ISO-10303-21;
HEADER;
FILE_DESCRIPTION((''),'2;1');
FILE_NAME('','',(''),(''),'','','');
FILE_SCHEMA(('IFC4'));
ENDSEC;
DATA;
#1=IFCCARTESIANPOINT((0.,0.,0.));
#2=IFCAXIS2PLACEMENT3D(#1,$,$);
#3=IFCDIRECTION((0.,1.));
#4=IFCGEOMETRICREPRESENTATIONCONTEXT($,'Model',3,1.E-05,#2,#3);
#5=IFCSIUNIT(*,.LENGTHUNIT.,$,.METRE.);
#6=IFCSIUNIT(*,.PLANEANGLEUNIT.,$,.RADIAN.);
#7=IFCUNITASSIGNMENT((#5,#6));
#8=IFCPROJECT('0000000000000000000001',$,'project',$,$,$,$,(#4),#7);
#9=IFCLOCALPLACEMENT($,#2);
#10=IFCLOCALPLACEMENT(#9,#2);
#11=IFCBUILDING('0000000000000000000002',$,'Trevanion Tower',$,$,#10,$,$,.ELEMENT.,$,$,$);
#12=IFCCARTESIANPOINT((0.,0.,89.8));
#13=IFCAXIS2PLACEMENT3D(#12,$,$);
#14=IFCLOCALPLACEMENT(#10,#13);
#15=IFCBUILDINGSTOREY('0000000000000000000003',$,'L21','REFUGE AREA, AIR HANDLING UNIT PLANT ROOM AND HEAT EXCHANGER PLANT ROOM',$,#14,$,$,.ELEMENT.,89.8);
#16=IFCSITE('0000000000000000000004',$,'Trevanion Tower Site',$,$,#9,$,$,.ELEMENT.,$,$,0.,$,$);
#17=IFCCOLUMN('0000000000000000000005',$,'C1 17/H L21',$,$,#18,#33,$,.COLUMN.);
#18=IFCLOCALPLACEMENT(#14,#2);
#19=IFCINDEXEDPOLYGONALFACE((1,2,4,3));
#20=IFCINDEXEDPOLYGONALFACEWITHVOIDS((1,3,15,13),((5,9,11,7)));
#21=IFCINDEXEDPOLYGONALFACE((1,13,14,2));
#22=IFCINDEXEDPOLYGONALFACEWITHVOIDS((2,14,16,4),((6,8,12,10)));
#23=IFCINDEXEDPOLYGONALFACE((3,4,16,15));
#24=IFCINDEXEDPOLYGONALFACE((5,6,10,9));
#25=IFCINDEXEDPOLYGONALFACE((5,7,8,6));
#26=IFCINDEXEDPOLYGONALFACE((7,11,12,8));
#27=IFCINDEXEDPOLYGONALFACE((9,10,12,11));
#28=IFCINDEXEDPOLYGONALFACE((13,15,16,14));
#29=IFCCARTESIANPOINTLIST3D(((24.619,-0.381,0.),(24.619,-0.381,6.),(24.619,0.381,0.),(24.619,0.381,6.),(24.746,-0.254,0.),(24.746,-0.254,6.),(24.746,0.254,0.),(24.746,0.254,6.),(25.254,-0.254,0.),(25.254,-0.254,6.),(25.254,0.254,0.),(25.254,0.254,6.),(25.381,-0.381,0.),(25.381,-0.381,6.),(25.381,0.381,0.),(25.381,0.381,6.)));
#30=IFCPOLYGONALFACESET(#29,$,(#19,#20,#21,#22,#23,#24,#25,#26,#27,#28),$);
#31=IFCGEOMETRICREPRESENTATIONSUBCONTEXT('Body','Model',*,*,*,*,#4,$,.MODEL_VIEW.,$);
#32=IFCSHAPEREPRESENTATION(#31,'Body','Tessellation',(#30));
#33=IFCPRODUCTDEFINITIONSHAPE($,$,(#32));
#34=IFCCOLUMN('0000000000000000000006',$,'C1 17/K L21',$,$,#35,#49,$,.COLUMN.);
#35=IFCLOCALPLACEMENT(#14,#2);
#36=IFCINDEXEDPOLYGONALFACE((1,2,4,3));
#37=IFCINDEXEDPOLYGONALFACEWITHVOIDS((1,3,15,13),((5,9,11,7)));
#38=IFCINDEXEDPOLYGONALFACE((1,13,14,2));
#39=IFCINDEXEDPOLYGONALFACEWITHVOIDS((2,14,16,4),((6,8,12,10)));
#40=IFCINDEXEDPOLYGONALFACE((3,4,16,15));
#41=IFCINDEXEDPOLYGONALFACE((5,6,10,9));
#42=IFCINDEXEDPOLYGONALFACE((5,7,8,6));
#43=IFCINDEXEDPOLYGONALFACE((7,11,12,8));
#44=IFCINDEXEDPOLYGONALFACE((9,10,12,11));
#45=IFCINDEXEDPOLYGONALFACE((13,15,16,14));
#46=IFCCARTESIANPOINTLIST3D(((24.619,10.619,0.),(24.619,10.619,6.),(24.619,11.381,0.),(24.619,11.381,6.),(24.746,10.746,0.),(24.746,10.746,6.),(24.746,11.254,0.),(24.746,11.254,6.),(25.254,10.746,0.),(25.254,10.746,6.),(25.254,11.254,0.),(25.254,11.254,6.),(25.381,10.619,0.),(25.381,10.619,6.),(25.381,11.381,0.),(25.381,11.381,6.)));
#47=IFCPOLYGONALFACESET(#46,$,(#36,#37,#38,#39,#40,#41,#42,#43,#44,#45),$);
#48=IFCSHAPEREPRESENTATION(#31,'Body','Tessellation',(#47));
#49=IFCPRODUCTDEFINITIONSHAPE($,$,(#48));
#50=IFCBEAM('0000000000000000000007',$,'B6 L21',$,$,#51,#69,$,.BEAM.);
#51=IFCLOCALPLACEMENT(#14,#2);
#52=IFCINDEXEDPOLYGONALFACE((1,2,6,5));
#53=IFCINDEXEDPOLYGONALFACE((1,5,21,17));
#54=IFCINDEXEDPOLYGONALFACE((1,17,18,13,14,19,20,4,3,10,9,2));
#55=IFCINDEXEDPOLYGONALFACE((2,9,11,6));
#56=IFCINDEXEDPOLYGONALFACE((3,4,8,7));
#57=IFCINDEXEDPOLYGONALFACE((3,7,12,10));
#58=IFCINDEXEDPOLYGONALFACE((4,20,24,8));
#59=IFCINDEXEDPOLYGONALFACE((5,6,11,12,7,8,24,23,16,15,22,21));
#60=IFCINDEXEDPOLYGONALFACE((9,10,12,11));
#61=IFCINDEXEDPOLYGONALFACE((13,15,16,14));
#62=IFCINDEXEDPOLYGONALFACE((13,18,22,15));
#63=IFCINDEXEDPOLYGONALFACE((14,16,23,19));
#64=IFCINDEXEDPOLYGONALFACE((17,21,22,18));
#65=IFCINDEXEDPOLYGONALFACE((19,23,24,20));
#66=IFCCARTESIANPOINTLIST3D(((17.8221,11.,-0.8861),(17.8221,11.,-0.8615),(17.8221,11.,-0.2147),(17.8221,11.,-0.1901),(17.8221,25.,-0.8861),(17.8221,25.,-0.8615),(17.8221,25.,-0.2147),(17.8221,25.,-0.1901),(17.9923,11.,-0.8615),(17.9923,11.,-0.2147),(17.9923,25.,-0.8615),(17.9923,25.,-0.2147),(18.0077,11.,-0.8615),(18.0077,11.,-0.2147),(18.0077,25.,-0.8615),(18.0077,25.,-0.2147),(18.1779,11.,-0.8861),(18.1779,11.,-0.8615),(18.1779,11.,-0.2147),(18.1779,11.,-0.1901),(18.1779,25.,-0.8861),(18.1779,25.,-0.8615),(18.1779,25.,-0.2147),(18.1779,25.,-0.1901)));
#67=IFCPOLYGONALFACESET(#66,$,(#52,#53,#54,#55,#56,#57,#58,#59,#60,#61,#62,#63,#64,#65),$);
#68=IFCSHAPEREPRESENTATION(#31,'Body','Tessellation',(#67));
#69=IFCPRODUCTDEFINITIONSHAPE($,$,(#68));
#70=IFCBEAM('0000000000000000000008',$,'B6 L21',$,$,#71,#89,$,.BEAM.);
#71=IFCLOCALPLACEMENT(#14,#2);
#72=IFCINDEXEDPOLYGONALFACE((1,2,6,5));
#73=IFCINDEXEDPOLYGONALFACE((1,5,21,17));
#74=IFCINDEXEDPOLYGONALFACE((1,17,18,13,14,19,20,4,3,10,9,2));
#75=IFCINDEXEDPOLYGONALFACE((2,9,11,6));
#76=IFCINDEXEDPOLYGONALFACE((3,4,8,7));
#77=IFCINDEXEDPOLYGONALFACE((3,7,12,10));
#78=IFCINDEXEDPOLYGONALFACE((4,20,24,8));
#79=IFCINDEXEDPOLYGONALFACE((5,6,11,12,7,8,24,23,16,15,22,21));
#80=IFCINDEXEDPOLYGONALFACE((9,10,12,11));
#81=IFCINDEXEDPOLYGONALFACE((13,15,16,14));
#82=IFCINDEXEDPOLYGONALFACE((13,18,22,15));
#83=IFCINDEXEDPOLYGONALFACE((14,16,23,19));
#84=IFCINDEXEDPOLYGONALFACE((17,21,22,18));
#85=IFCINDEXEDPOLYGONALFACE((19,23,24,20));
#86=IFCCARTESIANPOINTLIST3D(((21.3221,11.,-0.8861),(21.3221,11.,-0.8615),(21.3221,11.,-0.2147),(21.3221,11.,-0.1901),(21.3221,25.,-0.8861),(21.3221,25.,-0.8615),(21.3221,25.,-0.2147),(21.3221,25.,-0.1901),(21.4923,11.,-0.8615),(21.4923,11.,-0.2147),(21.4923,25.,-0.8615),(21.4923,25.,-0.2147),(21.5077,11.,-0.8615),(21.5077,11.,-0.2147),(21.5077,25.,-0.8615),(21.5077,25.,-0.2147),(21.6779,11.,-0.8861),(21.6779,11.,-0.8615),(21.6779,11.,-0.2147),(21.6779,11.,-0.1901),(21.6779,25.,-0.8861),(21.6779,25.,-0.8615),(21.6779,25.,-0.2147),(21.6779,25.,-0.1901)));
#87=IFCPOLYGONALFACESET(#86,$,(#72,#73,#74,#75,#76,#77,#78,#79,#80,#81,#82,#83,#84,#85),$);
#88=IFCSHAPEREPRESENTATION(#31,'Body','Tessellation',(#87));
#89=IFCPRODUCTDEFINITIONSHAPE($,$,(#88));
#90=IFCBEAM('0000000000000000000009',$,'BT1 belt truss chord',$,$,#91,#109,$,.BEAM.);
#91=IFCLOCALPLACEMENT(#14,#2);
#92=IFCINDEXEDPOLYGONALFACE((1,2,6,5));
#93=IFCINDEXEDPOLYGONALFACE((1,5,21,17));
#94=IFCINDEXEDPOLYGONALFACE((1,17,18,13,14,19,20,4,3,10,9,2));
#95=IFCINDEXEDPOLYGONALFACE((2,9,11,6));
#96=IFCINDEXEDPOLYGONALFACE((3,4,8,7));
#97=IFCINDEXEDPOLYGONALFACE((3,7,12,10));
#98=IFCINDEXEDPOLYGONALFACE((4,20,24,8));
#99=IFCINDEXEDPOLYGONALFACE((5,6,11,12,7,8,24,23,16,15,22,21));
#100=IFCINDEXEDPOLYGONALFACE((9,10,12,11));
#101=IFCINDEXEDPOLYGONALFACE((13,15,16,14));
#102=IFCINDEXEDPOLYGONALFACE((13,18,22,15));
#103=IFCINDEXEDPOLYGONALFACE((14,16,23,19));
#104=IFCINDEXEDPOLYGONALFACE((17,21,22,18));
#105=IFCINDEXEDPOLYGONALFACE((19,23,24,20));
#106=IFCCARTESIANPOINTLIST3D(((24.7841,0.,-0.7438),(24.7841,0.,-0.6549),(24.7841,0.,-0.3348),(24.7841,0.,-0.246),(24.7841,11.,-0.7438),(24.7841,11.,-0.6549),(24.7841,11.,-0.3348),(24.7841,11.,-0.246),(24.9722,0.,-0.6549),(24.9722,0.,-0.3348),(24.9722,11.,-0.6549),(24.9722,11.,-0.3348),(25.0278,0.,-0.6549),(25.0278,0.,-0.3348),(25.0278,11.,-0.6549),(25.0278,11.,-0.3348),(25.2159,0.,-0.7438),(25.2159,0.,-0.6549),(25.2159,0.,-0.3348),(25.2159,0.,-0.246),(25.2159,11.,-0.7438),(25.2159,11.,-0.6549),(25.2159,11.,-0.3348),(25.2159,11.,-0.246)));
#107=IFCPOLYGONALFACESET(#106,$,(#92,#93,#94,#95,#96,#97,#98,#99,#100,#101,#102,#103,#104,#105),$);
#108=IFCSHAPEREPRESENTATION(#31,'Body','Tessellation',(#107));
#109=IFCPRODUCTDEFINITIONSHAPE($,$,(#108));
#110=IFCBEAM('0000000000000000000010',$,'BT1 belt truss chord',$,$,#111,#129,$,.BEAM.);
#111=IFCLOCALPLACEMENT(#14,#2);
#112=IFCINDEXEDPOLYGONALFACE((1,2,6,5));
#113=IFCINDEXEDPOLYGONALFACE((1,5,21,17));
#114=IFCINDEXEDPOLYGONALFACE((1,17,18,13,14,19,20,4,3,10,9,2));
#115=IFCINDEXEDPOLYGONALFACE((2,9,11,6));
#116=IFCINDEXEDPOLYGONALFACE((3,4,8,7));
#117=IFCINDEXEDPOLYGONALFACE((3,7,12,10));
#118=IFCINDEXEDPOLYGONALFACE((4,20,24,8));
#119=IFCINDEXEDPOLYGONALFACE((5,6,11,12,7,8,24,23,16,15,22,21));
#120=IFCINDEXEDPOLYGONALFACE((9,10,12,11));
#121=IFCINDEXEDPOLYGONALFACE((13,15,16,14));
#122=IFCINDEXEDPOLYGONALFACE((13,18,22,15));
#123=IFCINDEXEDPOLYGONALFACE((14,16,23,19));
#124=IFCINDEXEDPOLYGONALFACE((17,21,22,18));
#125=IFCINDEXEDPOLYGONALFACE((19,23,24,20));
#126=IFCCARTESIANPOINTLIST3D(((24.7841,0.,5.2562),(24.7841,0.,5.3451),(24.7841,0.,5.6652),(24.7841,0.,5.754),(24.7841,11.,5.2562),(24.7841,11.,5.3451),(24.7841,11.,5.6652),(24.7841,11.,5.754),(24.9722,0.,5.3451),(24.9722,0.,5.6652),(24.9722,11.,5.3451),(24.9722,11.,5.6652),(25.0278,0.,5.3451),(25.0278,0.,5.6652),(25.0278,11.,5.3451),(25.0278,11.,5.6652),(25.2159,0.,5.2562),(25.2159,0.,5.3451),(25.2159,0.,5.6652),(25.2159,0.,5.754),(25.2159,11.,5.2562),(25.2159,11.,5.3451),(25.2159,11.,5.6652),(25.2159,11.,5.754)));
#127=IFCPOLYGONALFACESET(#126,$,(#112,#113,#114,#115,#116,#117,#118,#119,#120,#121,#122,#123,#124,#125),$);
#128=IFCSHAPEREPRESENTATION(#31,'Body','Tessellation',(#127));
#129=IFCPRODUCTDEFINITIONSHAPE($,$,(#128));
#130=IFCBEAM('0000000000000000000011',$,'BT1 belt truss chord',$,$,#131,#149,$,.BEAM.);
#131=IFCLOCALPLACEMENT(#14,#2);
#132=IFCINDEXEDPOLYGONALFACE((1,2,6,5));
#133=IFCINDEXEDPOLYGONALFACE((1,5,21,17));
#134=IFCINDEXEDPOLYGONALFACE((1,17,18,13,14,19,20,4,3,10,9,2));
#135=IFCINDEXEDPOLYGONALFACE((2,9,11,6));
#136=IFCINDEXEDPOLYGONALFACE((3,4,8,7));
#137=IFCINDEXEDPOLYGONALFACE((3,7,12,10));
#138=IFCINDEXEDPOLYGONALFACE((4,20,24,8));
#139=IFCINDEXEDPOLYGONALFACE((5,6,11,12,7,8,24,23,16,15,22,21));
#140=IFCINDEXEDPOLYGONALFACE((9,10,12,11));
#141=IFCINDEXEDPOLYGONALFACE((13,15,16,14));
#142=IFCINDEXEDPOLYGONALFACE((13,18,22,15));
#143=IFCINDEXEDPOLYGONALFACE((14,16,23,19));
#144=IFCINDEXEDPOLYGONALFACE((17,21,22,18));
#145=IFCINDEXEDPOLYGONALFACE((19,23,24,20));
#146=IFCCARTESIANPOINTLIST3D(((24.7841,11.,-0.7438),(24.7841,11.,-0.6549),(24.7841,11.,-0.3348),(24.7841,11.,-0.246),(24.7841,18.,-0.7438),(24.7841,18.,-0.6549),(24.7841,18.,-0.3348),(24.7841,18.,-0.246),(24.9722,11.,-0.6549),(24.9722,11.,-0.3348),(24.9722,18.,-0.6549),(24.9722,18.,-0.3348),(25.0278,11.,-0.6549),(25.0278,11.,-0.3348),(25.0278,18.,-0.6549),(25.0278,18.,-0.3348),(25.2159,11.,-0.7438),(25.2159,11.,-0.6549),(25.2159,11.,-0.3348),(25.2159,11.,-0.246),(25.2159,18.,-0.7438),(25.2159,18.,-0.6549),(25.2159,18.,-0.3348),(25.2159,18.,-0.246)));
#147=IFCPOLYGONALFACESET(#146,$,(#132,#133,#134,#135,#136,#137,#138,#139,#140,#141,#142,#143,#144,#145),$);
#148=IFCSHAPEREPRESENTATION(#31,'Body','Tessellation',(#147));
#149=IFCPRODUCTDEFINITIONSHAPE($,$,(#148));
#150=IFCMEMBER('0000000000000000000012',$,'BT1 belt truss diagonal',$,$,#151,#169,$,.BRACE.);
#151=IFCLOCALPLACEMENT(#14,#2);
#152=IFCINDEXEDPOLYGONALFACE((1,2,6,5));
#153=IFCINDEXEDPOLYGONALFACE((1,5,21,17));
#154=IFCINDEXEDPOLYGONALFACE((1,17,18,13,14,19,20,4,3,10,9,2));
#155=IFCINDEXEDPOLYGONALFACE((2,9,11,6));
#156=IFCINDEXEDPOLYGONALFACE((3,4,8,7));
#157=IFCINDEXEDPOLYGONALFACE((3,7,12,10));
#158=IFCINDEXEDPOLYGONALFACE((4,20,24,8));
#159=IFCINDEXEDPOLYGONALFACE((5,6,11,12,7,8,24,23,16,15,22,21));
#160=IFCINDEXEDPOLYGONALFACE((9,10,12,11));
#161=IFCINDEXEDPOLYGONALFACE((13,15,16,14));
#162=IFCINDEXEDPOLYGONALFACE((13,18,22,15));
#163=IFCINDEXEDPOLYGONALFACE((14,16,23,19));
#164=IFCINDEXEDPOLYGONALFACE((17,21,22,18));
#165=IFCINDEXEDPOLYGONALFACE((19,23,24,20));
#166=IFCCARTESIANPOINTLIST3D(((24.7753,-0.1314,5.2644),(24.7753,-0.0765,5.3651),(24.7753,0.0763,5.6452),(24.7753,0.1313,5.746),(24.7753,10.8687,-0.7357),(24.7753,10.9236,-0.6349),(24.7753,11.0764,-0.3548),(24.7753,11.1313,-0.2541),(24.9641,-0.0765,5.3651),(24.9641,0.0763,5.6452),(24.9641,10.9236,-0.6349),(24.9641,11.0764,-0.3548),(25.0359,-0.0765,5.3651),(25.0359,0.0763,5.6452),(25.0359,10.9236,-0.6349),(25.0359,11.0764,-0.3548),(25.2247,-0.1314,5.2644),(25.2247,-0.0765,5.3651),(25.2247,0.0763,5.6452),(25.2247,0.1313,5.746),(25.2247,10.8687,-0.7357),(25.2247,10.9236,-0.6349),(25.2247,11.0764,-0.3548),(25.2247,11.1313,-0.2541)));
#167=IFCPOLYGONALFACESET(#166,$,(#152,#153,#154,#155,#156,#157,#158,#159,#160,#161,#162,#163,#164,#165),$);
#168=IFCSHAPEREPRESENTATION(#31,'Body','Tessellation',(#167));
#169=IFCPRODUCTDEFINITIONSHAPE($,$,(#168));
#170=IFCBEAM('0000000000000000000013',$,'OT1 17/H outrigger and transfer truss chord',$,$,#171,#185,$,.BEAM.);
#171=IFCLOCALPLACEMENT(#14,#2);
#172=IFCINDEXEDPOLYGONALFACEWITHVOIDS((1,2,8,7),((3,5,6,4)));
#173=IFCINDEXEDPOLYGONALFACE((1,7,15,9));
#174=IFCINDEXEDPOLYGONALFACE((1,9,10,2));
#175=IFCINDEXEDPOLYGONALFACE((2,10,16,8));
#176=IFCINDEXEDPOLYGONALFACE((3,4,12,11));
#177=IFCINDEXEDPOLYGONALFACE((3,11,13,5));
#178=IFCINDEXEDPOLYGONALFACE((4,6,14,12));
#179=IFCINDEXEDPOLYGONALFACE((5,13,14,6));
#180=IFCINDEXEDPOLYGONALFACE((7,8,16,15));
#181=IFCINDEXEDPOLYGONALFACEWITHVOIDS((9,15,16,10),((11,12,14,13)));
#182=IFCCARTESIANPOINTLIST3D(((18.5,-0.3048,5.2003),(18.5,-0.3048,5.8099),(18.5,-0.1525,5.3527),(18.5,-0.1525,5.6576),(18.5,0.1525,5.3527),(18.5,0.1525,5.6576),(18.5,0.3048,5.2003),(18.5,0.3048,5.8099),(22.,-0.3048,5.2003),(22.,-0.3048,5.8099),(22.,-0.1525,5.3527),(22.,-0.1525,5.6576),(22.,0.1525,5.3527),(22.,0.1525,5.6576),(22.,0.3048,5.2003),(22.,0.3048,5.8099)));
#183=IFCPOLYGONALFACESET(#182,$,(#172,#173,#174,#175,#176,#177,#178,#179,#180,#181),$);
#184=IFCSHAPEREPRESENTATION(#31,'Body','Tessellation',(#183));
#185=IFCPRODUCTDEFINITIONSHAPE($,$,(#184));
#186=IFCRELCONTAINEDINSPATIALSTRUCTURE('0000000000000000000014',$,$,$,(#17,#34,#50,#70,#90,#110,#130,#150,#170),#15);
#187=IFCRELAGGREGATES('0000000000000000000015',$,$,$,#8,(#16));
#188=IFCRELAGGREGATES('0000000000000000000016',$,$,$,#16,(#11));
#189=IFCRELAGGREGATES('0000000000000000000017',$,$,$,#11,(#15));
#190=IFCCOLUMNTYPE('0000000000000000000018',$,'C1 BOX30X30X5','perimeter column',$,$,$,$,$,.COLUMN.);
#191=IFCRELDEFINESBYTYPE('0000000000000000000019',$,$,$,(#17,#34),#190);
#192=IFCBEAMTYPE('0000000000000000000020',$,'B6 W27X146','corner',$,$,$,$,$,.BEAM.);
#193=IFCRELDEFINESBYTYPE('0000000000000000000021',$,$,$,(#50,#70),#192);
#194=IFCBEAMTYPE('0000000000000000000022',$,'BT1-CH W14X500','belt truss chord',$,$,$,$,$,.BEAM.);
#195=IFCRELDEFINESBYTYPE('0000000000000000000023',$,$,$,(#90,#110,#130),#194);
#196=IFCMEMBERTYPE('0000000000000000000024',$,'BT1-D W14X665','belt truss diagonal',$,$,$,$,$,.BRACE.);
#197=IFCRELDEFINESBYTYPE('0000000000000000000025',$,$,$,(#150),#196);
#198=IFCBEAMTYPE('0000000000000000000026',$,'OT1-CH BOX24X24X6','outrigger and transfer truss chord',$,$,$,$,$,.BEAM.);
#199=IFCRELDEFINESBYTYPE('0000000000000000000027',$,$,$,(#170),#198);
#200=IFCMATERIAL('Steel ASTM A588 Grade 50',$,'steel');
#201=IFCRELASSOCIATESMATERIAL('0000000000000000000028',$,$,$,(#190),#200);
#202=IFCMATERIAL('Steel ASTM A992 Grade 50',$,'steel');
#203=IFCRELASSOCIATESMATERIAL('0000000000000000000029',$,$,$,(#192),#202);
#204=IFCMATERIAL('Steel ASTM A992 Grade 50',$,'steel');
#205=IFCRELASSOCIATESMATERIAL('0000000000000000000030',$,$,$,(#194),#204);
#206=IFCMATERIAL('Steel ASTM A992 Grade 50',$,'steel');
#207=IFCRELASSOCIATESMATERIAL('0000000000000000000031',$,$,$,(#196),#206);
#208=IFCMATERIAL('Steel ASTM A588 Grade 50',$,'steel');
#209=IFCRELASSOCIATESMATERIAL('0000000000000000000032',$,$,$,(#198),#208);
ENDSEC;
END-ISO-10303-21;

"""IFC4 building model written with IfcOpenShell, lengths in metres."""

from ifc_helpers import new_model, si_unit, direction, frame, origin, origin_2d, place, context, subcontext, project, spatial, hollow_rectangle, i_section, extrude, material, material_profile, profile_set, type_object, element, save


model = new_model("IFC4")

# Units and contexts
model_context = context("Model", 3, precision=1e-05, world=origin(), true_north=direction((0.0, 1.0)))
body_context = subcontext(model_context, "Body", "Model", "MODEL_VIEW")
ifc_project = project(units=[si_unit("LENGTHUNIT", "METRE"), si_unit("PLANEANGLEUNIT", "RADIAN")], contexts=[model_context])

# Site, building, storey
site_placement = place(None, origin())
site = spatial("IfcSite", under=ifc_project, at=site_placement, Name="Trevanion Tower Site", CompositionType="ELEMENT", RefElevation=0.0)
building_placement = place(site_placement, origin())
building = spatial("IfcBuilding", under=site, at=building_placement, Name="Trevanion Tower", CompositionType="ELEMENT")
storey_placement = place(building_placement, frame((0.0, 0.0, 89.8)))
storey = spatial("IfcBuildingStorey", under=building, at=storey_placement, Name="L21", Description="REFUGE AREA, AIR HANDLING UNIT PLANT ROOM AND HEAT EXCHANGER PLANT ROOM", CompositionType="ELEMENT", Elevation=89.8)

# Columns
ifc_material_1 = material(Name="Steel ASTM A588 Grade 50", Category="steel")
ifc_material_profile_1 = material_profile(ifc_material_1, hollow_rectangle(XDim=0.762, YDim=0.762, WallThickness=0.127, at=origin_2d()), Name="BOX30X30X5")
ifc_profile_set_1 = profile_set([ifc_material_profile_1], Name="Steel ASTM A588 Grade 50")
column_type = type_object("IfcColumnType", Name="C1 BOX30X30X5", Description="perimeter column", PredefinedType="COLUMN", material=ifc_profile_set_1)
for number, where, z_axis, x_axis, name in (
    (1, (25.0, 0.0, 0.0), (0.0, 0.0, 1.0), (0.0, 1.0, 0.0), "C1 17/H L21"),
    (2, (25.0, 11.0, 0.0), (0.0, 0.0, 1.0), (0.0, 1.0, 0.0), "C1 17/K L21"),
):
    element("IfcColumn", number, at=place(storey_placement, frame(where, z_axis=z_axis, x_axis=x_axis)), inside=storey, type_object=column_type, Name=name, PredefinedType="COLUMN", context=body_context, shape_type="SweptSolid", body=[
        extrude(hollow_rectangle(XDim=0.762, YDim=0.762, WallThickness=0.127, at=origin_2d()), origin(), (0.0, 0.0, 1.0), 6.0),
    ])

# Beams
ifc_material_2 = material(Name="Steel ASTM A992 Grade 50", Category="steel")
ifc_material_profile_2 = material_profile(ifc_material_2, i_section(OverallWidth=0.3557, OverallDepth=0.696, WebThickness=0.0154, FlangeThickness=0.0247, at=origin_2d()), Name="W27X146")
ifc_profile_set_2 = profile_set([ifc_material_profile_2], Name="Steel ASTM A992 Grade 50")
beam_type_1 = type_object("IfcBeamType", Name="B6 W27X146", Description="corner", PredefinedType="BEAM", material=ifc_profile_set_2)
for number, where, z_axis, x_axis, name in (
    (3, (18.0, 11.0, -0.5381), (0.0, 1.0, 0.0), (-1.0, 0.0, 0.0), "B6 L21"),
    (4, (21.5, 11.0, -0.5381), (0.0, 1.0, 0.0), (-1.0, 0.0, 0.0), "B6 L21"),
):
    element("IfcBeam", number, at=place(storey_placement, frame(where, z_axis=z_axis, x_axis=x_axis)), inside=storey, type_object=beam_type_1, Name=name, PredefinedType="BEAM", context=body_context, shape_type="SweptSolid", body=[
        extrude(i_section(OverallWidth=0.3557, OverallDepth=0.696, WebThickness=0.0154, FlangeThickness=0.0247, at=origin_2d()), origin(), (0.0, 0.0, 1.0), 14.0),
    ])
ifc_material_3 = material(Name="Steel ASTM A992 Grade 50", Category="steel")
ifc_material_profile_3 = material_profile(ifc_material_3, i_section(OverallWidth=0.4319, OverallDepth=0.4978, WebThickness=0.0557, FlangeThickness=0.0889, at=origin_2d()), Name="W14X500")
ifc_profile_set_3 = profile_set([ifc_material_profile_3], Name="Steel ASTM A992 Grade 50")
beam_type_2 = type_object("IfcBeamType", Name="BT1-CH W14X500", Description="belt truss chord", PredefinedType="BEAM", material=ifc_profile_set_3)
for number, where, z_axis, x_axis, name in (
    (5, (25.0, 0.0, -0.4949), (0.0, 1.0, 0.0), (-1.0, 0.0, 0.0), "BT1 belt truss chord"),
    (6, (25.0, 0.0, 5.5051), (0.0, 1.0, 0.0), (-1.0, 0.0, 0.0), "BT1 belt truss chord"),
):
    element("IfcBeam", number, at=place(storey_placement, frame(where, z_axis=z_axis, x_axis=x_axis)), inside=storey, type_object=beam_type_2, Name=name, PredefinedType="BEAM", context=body_context, shape_type="SweptSolid", body=[
        extrude(i_section(OverallWidth=0.4319, OverallDepth=0.4978, WebThickness=0.0557, FlangeThickness=0.0889, at=origin_2d()), origin(), (0.0, 0.0, 1.0), 11.0),
    ])
beam_1_placement = place(storey_placement, frame((25.0, 11.0, -0.4949), z_axis=(0.0, 1.0, 0.0), x_axis=(-1.0, 0.0, 0.0)))
element("IfcBeam", 7, at=beam_1_placement, inside=storey, type_object=beam_type_2, Name="BT1 belt truss chord", PredefinedType="BEAM", context=body_context, shape_type="SweptSolid", body=[
    extrude(i_section(OverallWidth=0.4319, OverallDepth=0.4978, WebThickness=0.0557, FlangeThickness=0.0889, at=origin_2d()), origin(), (0.0, 0.0, 1.0), 7.0),
])

# Member
ifc_material_4 = material(Name="Steel ASTM A992 Grade 50", Category="steel")
ifc_material_profile_4 = material_profile(ifc_material_4, i_section(OverallWidth=0.4495, OverallDepth=0.5486, WebThickness=0.0718, FlangeThickness=0.1147, at=origin_2d()), Name="W14X665")
ifc_profile_set_4 = profile_set([ifc_material_profile_4], Name="Steel ASTM A992 Grade 50")
member_type_1 = type_object("IfcMemberType", Name="BT1-D W14X665", Description="belt truss diagonal", PredefinedType="BRACE", material=ifc_profile_set_4)
member_1_placement = place(storey_placement, frame((25.0, 11.0, -0.4949), z_axis=(0.0, -0.877896, 0.478852), x_axis=(1.0, 0.0, 0.0)))
element("IfcMember", 8, at=member_1_placement, inside=storey, type_object=member_type_1, Name="BT1 belt truss diagonal", PredefinedType="BRACE", context=body_context, shape_type="SweptSolid", body=[
    extrude(i_section(OverallWidth=0.4495, OverallDepth=0.5486, WebThickness=0.0718, FlangeThickness=0.1147, at=origin_2d()), origin(), (0.0, 0.0, 1.0), 12.53),
])

# Beam
ifc_material_5 = material(Name="Steel ASTM A588 Grade 50", Category="steel")
ifc_material_profile_5 = material_profile(ifc_material_5, hollow_rectangle(XDim=0.6096, YDim=0.6096, WallThickness=0.1523, at=origin_2d()), Name="BOX24X24X6")
ifc_profile_set_5 = profile_set([ifc_material_profile_5], Name="Steel ASTM A588 Grade 50")
beam_type_3 = type_object("IfcBeamType", Name="OT1-CH BOX24X24X6", Description="outrigger and transfer truss chord", PredefinedType="BEAM", material=ifc_profile_set_5)
beam_2_placement = place(storey_placement, frame((18.5, 0.0, 5.5051), z_axis=(1.0, 0.0, 0.0), x_axis=(0.0, 1.0, 0.0)))
element("IfcBeam", 9, at=beam_2_placement, inside=storey, type_object=beam_type_3, Name="OT1 17/H outrigger and transfer truss chord", PredefinedType="BEAM", context=body_context, shape_type="SweptSolid", body=[
    extrude(hollow_rectangle(XDim=0.6096, YDim=0.6096, WallThickness=0.1523, at=origin_2d()), origin(), (0.0, 0.0, 1.0), 3.5),
])

save(model, "model.ifc")
